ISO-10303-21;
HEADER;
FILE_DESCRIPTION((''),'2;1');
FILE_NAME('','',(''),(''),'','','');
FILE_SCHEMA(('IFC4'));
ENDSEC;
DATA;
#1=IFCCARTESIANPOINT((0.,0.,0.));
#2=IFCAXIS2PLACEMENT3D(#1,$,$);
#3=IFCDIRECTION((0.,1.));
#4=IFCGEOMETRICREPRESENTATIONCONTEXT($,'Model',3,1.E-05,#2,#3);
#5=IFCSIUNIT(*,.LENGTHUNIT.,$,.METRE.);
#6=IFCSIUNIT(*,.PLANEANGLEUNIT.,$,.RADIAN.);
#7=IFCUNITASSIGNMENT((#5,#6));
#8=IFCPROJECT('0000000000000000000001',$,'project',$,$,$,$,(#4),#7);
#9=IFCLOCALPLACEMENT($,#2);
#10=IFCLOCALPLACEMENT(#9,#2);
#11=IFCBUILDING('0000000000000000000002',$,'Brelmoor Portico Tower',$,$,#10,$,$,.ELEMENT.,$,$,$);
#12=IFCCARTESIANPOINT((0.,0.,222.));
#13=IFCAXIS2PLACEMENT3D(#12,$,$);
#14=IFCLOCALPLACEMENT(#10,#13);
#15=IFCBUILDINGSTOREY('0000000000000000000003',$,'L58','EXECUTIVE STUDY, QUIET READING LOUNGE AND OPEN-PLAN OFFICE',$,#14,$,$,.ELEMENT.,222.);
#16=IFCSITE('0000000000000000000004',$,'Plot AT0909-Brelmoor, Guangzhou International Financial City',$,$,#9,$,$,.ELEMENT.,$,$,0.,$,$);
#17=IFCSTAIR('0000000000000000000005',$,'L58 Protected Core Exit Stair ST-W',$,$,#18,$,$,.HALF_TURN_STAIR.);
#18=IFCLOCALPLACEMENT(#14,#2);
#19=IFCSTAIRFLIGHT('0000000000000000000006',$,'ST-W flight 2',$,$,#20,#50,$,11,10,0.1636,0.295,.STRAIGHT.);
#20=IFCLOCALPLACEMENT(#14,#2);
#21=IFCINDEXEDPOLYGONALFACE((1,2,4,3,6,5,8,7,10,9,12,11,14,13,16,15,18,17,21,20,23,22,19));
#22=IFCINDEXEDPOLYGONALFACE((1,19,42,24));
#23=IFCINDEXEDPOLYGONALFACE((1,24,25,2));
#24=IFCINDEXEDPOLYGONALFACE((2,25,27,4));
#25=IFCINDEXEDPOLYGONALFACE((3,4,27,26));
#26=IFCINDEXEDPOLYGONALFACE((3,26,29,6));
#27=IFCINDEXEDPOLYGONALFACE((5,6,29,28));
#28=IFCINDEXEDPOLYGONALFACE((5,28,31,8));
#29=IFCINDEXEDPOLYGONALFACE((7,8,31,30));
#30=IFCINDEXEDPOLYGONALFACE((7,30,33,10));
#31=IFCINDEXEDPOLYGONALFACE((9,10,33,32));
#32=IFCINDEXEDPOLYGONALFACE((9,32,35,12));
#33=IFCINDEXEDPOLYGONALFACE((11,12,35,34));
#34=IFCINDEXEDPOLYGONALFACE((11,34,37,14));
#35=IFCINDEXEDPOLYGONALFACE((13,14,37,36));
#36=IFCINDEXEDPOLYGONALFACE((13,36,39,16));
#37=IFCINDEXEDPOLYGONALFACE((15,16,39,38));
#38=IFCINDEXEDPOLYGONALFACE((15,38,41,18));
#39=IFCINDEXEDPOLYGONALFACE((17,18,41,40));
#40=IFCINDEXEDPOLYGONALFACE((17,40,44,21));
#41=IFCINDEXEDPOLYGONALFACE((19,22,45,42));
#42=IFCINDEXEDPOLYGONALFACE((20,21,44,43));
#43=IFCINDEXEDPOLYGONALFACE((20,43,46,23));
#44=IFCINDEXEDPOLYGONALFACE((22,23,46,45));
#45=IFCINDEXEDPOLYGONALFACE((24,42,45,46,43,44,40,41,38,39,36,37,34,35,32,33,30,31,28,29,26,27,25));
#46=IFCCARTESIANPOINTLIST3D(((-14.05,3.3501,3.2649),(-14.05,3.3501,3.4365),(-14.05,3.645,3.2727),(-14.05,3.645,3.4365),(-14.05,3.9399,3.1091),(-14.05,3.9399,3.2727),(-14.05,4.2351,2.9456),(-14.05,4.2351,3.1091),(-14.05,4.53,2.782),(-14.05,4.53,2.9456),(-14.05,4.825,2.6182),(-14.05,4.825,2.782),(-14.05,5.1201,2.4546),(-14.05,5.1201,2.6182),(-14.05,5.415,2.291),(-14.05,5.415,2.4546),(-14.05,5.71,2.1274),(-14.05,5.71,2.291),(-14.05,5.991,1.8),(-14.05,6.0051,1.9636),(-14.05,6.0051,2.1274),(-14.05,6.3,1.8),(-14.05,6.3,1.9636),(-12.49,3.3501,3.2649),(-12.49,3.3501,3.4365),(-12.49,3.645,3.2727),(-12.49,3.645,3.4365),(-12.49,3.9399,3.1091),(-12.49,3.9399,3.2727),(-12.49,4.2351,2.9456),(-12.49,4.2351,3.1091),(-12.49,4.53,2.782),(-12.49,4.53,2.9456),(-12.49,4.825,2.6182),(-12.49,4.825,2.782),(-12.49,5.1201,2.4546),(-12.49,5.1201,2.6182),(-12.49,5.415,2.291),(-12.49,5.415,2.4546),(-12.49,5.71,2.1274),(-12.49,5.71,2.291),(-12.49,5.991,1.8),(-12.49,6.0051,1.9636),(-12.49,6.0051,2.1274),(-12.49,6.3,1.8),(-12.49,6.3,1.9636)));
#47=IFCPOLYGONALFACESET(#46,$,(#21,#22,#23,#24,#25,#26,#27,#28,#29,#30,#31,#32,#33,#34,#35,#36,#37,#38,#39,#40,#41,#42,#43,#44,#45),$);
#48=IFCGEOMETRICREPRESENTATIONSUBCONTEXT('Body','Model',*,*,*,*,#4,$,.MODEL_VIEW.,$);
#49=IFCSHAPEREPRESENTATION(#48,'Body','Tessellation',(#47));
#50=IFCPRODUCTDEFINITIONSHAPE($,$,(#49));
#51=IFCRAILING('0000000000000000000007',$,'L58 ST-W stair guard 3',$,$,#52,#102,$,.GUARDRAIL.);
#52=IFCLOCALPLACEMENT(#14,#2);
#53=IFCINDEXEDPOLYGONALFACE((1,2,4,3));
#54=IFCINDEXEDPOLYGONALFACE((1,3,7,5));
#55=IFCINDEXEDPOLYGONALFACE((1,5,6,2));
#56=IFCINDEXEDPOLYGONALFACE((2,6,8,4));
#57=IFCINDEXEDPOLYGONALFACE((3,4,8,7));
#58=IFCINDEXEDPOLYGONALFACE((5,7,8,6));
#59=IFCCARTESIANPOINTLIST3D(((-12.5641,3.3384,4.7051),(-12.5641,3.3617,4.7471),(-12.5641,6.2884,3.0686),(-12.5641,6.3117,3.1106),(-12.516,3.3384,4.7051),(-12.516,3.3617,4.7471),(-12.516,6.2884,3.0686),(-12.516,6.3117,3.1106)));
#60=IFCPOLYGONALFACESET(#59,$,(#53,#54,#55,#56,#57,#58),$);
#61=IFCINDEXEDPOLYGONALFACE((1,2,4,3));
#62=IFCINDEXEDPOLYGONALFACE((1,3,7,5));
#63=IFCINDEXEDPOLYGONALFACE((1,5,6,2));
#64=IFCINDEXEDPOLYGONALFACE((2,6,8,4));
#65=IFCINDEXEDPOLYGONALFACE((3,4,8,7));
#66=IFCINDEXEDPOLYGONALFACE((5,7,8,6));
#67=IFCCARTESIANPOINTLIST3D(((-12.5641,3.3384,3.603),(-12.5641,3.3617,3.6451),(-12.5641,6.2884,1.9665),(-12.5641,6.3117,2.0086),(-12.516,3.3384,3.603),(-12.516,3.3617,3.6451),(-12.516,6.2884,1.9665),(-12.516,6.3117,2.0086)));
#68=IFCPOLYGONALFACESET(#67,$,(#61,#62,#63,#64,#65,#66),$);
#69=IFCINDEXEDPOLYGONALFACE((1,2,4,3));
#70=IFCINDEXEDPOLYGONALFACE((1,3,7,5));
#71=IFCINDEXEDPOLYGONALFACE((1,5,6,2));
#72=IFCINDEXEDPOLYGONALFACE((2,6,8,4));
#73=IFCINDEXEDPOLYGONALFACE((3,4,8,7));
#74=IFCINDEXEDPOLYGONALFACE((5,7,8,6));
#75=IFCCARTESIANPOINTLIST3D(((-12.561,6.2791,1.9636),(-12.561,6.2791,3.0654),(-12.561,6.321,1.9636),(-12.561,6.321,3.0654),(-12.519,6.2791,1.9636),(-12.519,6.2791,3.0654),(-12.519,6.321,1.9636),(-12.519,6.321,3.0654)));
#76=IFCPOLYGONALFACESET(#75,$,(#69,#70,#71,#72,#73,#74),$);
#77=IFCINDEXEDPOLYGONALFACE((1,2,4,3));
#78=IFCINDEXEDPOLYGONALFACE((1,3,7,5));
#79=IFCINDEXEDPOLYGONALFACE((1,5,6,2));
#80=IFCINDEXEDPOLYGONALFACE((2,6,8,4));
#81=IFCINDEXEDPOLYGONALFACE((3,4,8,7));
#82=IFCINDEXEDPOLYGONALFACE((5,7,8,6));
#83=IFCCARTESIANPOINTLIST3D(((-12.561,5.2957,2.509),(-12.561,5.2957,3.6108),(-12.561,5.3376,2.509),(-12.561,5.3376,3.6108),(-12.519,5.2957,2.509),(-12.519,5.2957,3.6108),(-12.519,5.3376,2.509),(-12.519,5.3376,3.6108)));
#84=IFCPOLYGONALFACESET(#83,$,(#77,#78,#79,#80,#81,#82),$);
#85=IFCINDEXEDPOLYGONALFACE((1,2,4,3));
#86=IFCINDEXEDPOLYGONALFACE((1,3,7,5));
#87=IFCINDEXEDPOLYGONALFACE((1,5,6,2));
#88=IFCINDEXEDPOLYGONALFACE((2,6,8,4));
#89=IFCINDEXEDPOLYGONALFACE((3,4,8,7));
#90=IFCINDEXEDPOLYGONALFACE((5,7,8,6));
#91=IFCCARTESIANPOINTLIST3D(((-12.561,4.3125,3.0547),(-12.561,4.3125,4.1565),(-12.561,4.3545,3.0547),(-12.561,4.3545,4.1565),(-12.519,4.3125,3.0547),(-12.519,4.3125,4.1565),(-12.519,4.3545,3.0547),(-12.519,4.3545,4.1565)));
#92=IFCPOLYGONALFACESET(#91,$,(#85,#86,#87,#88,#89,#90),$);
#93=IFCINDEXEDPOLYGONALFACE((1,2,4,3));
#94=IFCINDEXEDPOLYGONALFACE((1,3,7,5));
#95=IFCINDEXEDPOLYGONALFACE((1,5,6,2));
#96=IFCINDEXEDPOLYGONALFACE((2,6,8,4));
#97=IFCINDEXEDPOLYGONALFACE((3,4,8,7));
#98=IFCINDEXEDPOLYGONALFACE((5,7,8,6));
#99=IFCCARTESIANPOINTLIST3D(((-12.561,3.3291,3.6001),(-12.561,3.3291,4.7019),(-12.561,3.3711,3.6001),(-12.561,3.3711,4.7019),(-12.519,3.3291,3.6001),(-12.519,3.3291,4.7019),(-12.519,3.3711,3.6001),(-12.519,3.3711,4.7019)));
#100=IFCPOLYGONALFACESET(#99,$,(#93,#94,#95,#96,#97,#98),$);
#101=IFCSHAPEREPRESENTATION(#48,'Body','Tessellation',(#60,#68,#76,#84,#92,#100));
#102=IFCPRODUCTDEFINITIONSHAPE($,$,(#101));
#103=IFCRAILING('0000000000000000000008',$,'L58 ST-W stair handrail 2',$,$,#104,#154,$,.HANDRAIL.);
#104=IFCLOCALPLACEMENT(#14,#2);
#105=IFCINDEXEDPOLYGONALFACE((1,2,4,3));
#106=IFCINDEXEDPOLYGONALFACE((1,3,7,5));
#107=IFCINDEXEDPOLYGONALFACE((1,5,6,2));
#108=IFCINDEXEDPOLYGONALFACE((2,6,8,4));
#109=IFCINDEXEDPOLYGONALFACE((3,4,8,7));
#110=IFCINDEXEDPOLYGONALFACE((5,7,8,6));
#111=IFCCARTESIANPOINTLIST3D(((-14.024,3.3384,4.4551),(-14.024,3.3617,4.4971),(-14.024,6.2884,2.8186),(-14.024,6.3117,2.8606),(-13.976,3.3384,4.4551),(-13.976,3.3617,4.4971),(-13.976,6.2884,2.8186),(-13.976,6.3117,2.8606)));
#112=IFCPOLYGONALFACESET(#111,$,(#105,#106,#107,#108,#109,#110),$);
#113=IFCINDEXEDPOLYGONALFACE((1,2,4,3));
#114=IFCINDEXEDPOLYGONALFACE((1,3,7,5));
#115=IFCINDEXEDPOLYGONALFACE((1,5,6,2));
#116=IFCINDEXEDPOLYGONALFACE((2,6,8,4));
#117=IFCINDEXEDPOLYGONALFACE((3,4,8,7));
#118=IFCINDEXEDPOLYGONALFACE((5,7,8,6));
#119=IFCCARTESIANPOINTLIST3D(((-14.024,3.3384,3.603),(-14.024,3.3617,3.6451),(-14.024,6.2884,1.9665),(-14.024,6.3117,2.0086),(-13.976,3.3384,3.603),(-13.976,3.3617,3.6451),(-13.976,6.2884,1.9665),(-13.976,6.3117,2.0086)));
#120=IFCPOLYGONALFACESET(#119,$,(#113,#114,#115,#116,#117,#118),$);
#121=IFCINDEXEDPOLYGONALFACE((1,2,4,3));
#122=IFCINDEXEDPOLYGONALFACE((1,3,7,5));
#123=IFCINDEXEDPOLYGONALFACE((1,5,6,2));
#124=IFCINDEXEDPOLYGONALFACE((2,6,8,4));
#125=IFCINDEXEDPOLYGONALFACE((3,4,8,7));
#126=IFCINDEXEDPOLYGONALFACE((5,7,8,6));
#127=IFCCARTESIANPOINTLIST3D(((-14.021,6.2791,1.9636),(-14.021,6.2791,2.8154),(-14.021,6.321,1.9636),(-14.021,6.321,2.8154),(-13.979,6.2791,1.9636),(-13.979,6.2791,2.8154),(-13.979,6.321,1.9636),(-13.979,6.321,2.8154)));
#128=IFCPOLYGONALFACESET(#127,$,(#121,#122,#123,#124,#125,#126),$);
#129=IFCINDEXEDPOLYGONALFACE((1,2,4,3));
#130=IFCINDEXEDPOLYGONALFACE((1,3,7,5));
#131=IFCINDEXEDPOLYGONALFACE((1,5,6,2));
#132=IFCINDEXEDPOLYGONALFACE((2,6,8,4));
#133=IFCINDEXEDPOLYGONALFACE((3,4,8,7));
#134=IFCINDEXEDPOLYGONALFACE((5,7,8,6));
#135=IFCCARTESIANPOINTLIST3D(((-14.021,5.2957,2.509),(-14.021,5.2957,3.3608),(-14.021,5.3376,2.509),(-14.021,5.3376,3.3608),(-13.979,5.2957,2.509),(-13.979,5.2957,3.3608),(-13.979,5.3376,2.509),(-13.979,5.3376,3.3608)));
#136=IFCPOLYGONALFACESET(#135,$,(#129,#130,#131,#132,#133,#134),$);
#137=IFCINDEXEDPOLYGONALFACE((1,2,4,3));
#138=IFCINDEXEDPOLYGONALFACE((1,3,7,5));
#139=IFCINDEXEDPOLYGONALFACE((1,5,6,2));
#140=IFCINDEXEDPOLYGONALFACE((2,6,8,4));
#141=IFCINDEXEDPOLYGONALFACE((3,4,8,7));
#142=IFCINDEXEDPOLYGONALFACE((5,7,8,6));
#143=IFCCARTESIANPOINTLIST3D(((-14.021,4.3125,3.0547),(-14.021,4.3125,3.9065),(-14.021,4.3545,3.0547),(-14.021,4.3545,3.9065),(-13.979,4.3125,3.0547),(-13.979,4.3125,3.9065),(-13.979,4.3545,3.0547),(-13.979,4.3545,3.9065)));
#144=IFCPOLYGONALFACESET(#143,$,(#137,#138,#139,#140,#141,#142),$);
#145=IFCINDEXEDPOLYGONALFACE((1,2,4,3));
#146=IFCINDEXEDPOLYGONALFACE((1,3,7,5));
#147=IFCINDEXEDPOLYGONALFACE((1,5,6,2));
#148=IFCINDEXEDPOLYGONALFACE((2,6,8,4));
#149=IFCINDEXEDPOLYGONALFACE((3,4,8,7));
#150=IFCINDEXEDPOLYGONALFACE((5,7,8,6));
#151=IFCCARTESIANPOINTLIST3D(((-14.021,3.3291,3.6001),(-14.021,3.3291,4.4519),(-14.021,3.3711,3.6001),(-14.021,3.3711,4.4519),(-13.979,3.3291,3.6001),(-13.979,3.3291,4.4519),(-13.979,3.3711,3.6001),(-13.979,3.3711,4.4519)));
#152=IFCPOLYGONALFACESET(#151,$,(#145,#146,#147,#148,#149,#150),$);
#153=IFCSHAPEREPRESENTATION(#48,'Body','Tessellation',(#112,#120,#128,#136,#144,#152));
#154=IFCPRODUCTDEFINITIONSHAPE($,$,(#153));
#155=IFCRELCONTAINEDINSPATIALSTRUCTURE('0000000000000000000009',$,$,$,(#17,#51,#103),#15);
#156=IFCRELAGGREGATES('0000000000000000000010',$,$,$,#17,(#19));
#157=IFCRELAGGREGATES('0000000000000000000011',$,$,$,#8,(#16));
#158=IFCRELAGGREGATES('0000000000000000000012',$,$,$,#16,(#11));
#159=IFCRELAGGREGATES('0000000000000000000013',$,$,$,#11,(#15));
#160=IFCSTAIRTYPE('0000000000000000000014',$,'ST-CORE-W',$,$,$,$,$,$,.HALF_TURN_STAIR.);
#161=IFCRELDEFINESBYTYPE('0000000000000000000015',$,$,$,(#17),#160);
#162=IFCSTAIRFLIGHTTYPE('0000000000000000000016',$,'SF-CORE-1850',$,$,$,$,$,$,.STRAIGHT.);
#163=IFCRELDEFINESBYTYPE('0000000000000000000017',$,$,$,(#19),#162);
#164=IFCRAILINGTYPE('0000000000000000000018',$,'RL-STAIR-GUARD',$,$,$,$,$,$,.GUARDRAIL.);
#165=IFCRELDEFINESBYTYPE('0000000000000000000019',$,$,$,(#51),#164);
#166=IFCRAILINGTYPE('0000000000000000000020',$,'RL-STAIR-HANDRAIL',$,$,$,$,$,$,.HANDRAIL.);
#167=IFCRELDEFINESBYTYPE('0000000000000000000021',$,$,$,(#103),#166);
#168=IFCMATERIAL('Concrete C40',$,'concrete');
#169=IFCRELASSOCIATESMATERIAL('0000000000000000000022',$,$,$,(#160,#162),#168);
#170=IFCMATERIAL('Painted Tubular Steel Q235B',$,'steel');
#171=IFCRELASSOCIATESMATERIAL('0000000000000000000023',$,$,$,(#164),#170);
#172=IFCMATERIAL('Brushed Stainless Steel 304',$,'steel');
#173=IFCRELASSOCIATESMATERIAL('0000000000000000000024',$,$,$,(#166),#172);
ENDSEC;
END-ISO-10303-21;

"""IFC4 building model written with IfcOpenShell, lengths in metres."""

from ifc_helpers import new_model, si_unit, direction, frame, origin, origin_2d, place, context, subcontext, project, spatial, polyline, rectangle, outline, extrude, material, type_object, element, aggregate, save


model = new_model("IFC4")

# Units and contexts
model_context = context("Model", 3, precision=1e-05, world=origin(), true_north=direction((0.0, 1.0)))
body_context = subcontext(model_context, "Body", "Model", "MODEL_VIEW")
ifc_project = project(units=[si_unit("LENGTHUNIT", "METRE"), si_unit("PLANEANGLEUNIT", "RADIAN")], contexts=[model_context])

# Site, building, storey
site_placement = place(None, origin())
site = spatial("IfcSite", under=ifc_project, at=site_placement, Name="Plot AT0909-Brelmoor, Guangzhou International Financial City", CompositionType="ELEMENT", RefElevation=0.0)
building_placement = place(site_placement, origin())
building = spatial("IfcBuilding", under=site, at=building_placement, Name="Brelmoor Portico Tower", CompositionType="ELEMENT")
storey_placement = place(building_placement, frame((0.0, 0.0, 222.0)))
storey = spatial("IfcBuildingStorey", under=building, at=storey_placement, Name="L58", Description="EXECUTIVE STUDY, QUIET READING LOUNGE AND OPEN-PLAN OFFICE", CompositionType="ELEMENT", Elevation=222.0)

# Shared definitions
ifc_material_1 = material(Name="Concrete C40", Category="concrete")

# Stair, stair flight
stair_type = type_object("IfcStairType", Name="ST-CORE-W", PredefinedType="HALF_TURN_STAIR", material=ifc_material_1)
stair_placement = place(storey_placement, origin())
stair = element("IfcStair", 1, at=stair_placement, inside=storey, type_object=stair_type, Name="L58 Protected Core Exit Stair ST-W", PredefinedType="HALF_TURN_STAIR")
stair_flight_type = type_object("IfcStairFlightType", Name="SF-CORE-1850", PredefinedType="STRAIGHT", material=ifc_material_1)
stair_flight_placement = place(storey_placement, frame((-13.27, 6.3, 1.8), z_axis=(0.0, 0.0, 1.0), x_axis=(0.0, -1.0, 0.0)))
stair_flight = element("IfcStairFlight", 2, at=stair_flight_placement, type_object=stair_flight_type, Name="ST-W flight 2", NumberOfRisers=11, NumberOfTreads=10, PredefinedType="STRAIGHT", RiserHeight=0.1636, TreadLength=0.295, context=body_context, shape_type="SweptSolid", body=[
    extrude(outline(polyline([(0.0, 0.0), (0.0, 0.1636), (0.2949, 0.1636), (0.2949, 0.3274), (0.5901, 0.3274), (0.5901, 0.491), (0.885, 0.491), (0.885, 0.6545), (1.1799, 0.6545), (1.1799, 0.8181), (1.4751, 0.8181), (1.4751, 0.9819), (1.77, 0.9819), (1.77, 1.1455), (2.0649, 1.1455), (2.0649, 1.3091), (2.3601, 1.3091), (2.3601, 1.4727), (2.655, 1.4727), (2.655, 1.6365), (2.95, 1.6365), (2.95, 1.8), (2.95, 1.4648), (0.3091, 0.0), (0.0, 0.0)])), frame((0.0, 0.78, 0.0), z_axis=(0.0, -1.0, 0.0), x_axis=(1.0, 0.0, 0.0)), (0.0, 0.0, 1.0), 1.5601),
])
aggregate(stair, [stair_flight])

# Railings
ifc_material_2 = material(Name="Painted Tubular Steel Q235B", Category="steel")
railing_type_1 = type_object("IfcRailingType", Name="RL-STAIR-GUARD", PredefinedType="GUARDRAIL", material=ifc_material_2)
railing_1_placement = place(storey_placement, frame((-12.54, 6.3, 1.9636)))
element("IfcRailing", 3, at=railing_1_placement, inside=storey, type_object=railing_type_1, Name="L58 ST-W stair guard 3", PredefinedType="GUARDRAIL", context=body_context, shape_type="SweptSolid", body=[
    extrude(rectangle(XDim=0.0481, YDim=0.0481, at=origin_2d()), frame((0.0, 0.0, 1.126), z_axis=(0.0, -0.874458, 0.485102), x_axis=(1.0, 0.0, 0.0)), (0.0, 0.0, 1.0), 3.3735),
    extrude(rectangle(XDim=0.0481, YDim=0.0481, at=origin_2d()), frame((0.0, 0.0, 0.0239), z_axis=(0.0, -0.874458, 0.485102), x_axis=(1.0, 0.0, 0.0)), (0.0, 0.0, 1.0), 3.3735),
    extrude(rectangle(XDim=0.042, YDim=0.042, at=origin_2d()), origin(), (0.0, 0.0, 1.0), 1.1018),
    extrude(rectangle(XDim=0.042, YDim=0.042, at=origin_2d()), frame((0.0, -0.9834, 0.5454)), (0.0, 0.0, 1.0), 1.1018),
    extrude(rectangle(XDim=0.042, YDim=0.042, at=origin_2d()), frame((0.0, -1.9666, 1.0911)), (0.0, 0.0, 1.0), 1.1018),
    extrude(rectangle(XDim=0.042, YDim=0.042, at=origin_2d()), frame((0.0, -2.95, 1.6365)), (0.0, 0.0, 1.0), 1.1018),
])
ifc_material_3 = material(Name="Brushed Stainless Steel 304", Category="steel")
railing_type_2 = type_object("IfcRailingType", Name="RL-STAIR-HANDRAIL", PredefinedType="HANDRAIL", material=ifc_material_3)
railing_2_placement = place(storey_placement, frame((-14.0, 6.3, 1.9636)))
element("IfcRailing", 4, at=railing_2_placement, inside=storey, type_object=railing_type_2, Name="L58 ST-W stair handrail 2", PredefinedType="HANDRAIL", context=body_context, shape_type="SweptSolid", body=[
    extrude(rectangle(XDim=0.0481, YDim=0.0481, at=origin_2d()), frame((0.0, 0.0, 0.876), z_axis=(0.0, -0.874458, 0.485102), x_axis=(1.0, 0.0, 0.0)), (0.0, 0.0, 1.0), 3.3735),
    extrude(rectangle(XDim=0.0481, YDim=0.0481, at=origin_2d()), frame((0.0, 0.0, 0.0239), z_axis=(0.0, -0.874458, 0.485102), x_axis=(1.0, 0.0, 0.0)), (0.0, 0.0, 1.0), 3.3735),
    extrude(rectangle(XDim=0.042, YDim=0.042, at=origin_2d()), origin(), (0.0, 0.0, 1.0), 0.8518),
    extrude(rectangle(XDim=0.042, YDim=0.042, at=origin_2d()), frame((0.0, -0.9834, 0.5454)), (0.0, 0.0, 1.0), 0.8518),
    extrude(rectangle(XDim=0.042, YDim=0.042, at=origin_2d()), frame((0.0, -1.9666, 1.0911)), (0.0, 0.0, 1.0), 0.8518),
    extrude(rectangle(XDim=0.042, YDim=0.042, at=origin_2d()), frame((0.0, -2.95, 1.6365)), (0.0, 0.0, 1.0), 0.8518),
])

save(model, "model.ifc")
